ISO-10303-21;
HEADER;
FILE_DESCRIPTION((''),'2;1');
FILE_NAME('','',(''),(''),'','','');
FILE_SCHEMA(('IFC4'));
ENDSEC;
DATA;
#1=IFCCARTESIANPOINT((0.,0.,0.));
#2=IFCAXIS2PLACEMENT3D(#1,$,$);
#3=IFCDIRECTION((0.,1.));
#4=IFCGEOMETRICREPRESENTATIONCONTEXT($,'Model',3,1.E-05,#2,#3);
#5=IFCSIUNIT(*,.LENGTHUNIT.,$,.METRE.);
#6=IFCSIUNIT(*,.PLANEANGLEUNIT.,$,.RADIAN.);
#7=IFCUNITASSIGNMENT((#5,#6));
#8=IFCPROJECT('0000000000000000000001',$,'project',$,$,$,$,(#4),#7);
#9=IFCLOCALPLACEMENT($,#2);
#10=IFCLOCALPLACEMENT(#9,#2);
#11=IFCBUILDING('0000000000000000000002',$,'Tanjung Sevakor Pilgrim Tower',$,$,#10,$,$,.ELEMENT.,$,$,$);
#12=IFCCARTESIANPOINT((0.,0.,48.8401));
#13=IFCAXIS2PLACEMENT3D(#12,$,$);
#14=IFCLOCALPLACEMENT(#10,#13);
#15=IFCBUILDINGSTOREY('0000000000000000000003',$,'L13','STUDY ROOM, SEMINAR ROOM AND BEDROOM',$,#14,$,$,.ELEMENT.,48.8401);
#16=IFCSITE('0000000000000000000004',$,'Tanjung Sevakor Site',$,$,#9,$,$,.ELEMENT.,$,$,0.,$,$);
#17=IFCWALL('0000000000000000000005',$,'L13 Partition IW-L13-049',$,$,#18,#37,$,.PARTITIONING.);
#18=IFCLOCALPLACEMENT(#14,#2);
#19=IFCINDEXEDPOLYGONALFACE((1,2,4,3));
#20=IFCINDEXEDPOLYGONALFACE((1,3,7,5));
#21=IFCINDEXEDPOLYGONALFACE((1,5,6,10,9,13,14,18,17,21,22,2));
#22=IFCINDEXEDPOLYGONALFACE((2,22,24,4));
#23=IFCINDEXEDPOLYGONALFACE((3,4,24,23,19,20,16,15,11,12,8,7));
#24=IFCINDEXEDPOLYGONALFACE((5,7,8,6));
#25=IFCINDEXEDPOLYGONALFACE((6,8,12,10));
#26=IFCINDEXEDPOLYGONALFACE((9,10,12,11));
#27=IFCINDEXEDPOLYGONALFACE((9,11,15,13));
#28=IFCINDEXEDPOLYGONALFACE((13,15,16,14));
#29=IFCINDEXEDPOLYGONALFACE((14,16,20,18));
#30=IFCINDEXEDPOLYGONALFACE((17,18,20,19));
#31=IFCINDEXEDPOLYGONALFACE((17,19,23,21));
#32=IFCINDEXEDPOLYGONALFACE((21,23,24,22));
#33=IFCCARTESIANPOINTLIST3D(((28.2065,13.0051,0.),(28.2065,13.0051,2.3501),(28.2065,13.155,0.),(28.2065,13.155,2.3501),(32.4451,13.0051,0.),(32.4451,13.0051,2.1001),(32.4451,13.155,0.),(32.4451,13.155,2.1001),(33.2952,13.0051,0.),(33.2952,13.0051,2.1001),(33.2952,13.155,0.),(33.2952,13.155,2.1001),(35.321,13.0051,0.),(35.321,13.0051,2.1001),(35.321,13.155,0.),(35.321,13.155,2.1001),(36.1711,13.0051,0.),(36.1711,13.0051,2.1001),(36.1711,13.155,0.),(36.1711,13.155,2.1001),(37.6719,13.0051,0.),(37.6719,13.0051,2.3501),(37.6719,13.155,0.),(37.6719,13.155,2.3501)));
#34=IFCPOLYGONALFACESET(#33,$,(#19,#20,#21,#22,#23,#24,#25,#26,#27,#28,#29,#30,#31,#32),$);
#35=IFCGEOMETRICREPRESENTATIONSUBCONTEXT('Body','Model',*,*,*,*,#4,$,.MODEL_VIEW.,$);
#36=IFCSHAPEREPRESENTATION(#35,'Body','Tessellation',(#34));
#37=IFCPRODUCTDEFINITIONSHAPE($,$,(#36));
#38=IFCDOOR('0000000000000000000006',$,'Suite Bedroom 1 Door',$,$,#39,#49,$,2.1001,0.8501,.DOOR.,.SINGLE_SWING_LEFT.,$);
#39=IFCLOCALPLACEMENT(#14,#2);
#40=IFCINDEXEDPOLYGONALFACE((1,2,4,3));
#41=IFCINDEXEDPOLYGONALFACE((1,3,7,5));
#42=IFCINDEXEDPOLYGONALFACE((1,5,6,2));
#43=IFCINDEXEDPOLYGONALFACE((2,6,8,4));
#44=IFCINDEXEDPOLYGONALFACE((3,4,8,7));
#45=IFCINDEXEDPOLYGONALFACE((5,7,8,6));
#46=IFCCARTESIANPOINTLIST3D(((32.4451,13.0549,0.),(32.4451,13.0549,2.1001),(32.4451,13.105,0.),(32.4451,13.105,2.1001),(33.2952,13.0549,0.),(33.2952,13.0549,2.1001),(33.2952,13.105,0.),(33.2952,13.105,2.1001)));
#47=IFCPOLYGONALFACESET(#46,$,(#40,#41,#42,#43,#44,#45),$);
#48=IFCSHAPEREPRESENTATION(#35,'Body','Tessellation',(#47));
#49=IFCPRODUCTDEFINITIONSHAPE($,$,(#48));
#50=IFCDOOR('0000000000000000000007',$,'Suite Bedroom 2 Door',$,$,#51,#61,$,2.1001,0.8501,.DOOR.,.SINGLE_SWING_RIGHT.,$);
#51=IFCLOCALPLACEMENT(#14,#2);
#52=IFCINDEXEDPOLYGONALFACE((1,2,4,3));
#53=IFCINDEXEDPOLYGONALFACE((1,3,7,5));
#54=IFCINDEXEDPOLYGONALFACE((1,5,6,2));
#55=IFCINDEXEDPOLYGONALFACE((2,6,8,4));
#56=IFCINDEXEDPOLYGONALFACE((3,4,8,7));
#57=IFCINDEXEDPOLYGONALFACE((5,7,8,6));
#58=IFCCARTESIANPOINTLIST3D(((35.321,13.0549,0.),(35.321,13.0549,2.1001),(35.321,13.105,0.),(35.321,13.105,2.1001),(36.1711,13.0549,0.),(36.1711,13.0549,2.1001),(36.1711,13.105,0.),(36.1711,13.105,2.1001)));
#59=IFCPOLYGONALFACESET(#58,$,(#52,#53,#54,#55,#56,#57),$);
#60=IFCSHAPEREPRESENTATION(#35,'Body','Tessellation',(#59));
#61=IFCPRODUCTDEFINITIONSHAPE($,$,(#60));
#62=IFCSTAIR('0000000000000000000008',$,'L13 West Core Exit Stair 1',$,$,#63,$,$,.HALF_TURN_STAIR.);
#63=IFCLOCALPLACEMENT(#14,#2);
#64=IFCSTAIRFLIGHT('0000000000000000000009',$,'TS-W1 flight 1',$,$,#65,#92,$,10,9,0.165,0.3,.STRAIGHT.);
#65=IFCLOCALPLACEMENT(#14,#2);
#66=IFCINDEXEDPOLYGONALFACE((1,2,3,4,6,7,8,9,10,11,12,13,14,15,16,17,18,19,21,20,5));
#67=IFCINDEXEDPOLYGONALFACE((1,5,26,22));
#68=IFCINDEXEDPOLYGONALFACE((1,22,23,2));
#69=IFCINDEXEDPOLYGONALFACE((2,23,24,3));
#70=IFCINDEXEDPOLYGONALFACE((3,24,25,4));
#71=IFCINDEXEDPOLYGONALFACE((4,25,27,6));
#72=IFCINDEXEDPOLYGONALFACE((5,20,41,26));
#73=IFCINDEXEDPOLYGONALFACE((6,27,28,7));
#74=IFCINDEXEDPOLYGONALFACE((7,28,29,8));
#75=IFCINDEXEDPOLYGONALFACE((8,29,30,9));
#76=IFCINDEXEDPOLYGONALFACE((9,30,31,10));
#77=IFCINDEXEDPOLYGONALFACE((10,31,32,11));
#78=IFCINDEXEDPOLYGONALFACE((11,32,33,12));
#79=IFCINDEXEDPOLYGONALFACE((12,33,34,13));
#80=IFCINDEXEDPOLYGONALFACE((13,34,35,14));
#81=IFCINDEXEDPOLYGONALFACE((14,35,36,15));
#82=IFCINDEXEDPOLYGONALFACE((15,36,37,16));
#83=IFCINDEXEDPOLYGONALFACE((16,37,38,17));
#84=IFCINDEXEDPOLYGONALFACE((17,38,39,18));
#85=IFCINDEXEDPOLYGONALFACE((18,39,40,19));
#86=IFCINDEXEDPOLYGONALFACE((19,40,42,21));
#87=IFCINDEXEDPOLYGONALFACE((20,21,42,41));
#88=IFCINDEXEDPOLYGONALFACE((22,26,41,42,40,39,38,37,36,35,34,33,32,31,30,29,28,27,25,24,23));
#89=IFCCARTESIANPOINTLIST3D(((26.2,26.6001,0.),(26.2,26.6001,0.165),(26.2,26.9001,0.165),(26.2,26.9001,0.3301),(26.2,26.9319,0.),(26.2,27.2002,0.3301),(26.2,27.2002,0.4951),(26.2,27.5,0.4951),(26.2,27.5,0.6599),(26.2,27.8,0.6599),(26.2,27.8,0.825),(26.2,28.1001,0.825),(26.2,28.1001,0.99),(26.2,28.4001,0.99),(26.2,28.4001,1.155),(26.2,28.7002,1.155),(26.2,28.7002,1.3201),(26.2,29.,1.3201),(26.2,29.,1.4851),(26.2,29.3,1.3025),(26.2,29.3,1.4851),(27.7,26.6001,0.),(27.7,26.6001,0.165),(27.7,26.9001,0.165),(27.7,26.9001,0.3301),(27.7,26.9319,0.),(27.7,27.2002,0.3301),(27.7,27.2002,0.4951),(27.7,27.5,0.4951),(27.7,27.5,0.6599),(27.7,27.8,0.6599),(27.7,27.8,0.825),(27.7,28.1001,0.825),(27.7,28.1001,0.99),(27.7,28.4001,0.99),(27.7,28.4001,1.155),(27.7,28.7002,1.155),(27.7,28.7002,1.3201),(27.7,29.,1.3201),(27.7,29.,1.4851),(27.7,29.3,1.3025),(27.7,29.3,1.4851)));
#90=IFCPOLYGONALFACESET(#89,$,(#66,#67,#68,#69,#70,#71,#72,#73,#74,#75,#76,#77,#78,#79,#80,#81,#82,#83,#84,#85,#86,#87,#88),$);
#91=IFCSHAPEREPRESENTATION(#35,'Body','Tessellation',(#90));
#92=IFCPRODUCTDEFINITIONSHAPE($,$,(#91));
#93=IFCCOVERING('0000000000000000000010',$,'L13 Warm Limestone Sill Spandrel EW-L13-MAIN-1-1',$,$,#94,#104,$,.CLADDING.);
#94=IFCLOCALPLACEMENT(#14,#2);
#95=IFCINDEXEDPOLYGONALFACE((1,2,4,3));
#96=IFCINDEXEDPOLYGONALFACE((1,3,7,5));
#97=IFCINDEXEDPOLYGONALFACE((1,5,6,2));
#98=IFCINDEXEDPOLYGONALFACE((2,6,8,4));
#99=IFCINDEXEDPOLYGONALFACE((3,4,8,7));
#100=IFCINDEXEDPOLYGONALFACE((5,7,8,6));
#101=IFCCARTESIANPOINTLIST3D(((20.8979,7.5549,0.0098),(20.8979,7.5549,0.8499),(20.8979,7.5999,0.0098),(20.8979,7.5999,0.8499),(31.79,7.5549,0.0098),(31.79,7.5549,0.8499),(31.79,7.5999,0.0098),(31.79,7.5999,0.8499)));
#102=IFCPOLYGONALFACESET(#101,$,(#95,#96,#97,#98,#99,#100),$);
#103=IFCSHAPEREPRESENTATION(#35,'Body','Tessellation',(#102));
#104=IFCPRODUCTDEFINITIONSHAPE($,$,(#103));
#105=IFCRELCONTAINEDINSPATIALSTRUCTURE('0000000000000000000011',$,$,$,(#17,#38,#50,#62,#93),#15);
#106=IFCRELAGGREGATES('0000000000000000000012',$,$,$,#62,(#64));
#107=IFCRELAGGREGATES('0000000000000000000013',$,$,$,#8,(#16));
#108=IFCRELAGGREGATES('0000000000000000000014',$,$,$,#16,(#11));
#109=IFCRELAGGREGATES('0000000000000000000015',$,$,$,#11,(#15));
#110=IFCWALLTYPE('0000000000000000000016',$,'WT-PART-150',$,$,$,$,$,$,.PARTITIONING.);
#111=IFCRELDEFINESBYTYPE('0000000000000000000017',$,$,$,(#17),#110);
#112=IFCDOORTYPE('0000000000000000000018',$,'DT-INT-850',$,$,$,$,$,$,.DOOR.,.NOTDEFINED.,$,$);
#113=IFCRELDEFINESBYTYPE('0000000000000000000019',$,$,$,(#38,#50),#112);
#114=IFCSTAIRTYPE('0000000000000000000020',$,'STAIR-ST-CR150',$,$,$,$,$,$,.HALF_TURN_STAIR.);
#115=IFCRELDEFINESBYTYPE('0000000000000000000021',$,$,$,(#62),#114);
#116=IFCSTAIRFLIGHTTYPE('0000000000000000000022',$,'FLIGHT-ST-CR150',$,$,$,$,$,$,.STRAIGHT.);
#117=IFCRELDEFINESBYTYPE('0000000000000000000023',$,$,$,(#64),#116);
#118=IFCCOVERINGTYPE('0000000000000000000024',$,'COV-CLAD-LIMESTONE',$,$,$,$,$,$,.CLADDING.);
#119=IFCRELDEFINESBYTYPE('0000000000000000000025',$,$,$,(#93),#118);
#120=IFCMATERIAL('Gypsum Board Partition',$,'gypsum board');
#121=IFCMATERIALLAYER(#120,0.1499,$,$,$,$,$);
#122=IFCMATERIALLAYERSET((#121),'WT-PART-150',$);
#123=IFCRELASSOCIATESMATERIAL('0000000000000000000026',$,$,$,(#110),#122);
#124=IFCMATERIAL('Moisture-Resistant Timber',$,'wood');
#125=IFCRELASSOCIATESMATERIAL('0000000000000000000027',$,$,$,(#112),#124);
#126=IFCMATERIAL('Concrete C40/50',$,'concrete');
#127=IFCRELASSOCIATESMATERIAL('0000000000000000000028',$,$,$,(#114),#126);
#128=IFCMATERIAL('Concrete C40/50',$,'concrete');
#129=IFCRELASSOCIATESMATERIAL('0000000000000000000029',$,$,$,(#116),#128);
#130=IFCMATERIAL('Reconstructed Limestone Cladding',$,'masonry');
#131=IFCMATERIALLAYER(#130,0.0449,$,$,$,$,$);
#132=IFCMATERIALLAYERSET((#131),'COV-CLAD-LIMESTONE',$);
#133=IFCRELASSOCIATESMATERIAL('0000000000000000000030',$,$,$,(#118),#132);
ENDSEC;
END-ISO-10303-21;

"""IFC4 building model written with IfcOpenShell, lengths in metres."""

from ifc_helpers import new_model, si_unit, direction, frame, frame_2d, origin, origin_2d, place, context, subcontext, project, spatial, polyline, rectangle, outline, extrude, material, layer, layer_set, type_object, element, fill, aggregate, save


model = new_model("IFC4")

# Units and contexts
model_context = context("Model", 3, precision=1e-05, world=origin(), true_north=direction((0.0, 1.0)))
body_context = subcontext(model_context, "Body", "Model", "MODEL_VIEW")
ifc_project = project(units=[si_unit("LENGTHUNIT", "METRE"), si_unit("PLANEANGLEUNIT", "RADIAN")], contexts=[model_context])

# Site, building, storey
site_placement = place(None, origin())
site = spatial("IfcSite", under=ifc_project, at=site_placement, Name="Tanjung Sevakor Site", CompositionType="ELEMENT", RefElevation=0.0)
building_placement = place(site_placement, origin())
building = spatial("IfcBuilding", under=site, at=building_placement, Name="Tanjung Sevakor Pilgrim Tower", CompositionType="ELEMENT")
storey_placement = place(building_placement, frame((0.0, 0.0, 48.8401)))
storey = spatial("IfcBuildingStorey", under=building, at=storey_placement, Name="L13", Description="STUDY ROOM, SEMINAR ROOM AND BEDROOM", CompositionType="ELEMENT", Elevation=48.8401)

# Shared definitions
ifc_material_1 = material(Name="Gypsum Board Partition", Category="gypsum board")
ifc_layer_1 = layer(ifc_material_1, 0.1499)
ifc_layer_set_1 = layer_set([ifc_layer_1], Name="WT-PART-150")
wall_type_1 = type_object("IfcWallType", Name="WT-PART-150", PredefinedType="PARTITIONING", material=ifc_layer_set_1)

# Wall, openings, doors
wall_1_placement = place(storey_placement, frame((28.2065, 13.0801, 0.0), z_axis=(0.0, 0.0, 1.0), x_axis=(1.0, 0.0, 0.0)))
wall_1 = element("IfcWall", 1, at=wall_1_placement, inside=storey, type_object=wall_type_1, Name="L13 Partition IW-L13-049", PredefinedType="PARTITIONING", context=body_context, shape_type="SweptSolid", body=[
    extrude(rectangle(XDim=9.4653, YDim=0.1499, at=frame_2d((4.7327, 0.0))), origin(), (0.0, 0.0, 1.0), 2.3501),
])
opening_1_placement = place(wall_1_placement, frame((4.2385, 0.0, 0.0)))
opening_1 = element("IfcOpeningElement", 2, at=opening_1_placement, cuts=wall_1, PredefinedType="OPENING", context=body_context, shape_type="SweptSolid", body=[
    extrude(rectangle(XDim=0.8501, YDim=2.1001, at=frame_2d((0.425, 1.05))), frame((0.0, 0.085, 0.0), z_axis=(0.0, -1.0, 0.0), x_axis=(1.0, 0.0, 0.0)), (0.0, 0.0, 1.0), 0.1699),
])
opening_2_placement = place(wall_1_placement, frame((7.1145, 0.0, 0.0)))
opening_2 = element("IfcOpeningElement", 3, at=opening_2_placement, cuts=wall_1, PredefinedType="OPENING", context=body_context, shape_type="SweptSolid", body=[
    extrude(rectangle(XDim=0.8501, YDim=2.1001, at=frame_2d((0.425, 1.05))), frame((0.0, 0.085, 0.0), z_axis=(0.0, -1.0, 0.0), x_axis=(1.0, 0.0, 0.0)), (0.0, 0.0, 1.0), 0.1699),
])
ifc_material_2 = material(Name="Moisture-Resistant Timber", Category="wood")
door_type_1 = type_object("IfcDoorType", Name="DT-INT-850", OperationType="NOTDEFINED", PredefinedType="DOOR", material=ifc_material_2)
door_1_placement = place(opening_1_placement, origin())
door_1 = element("IfcDoor", 4, at=door_1_placement, inside=storey, type_object=door_type_1, Name="Suite Bedroom 1 Door", OperationType="SINGLE_SWING_LEFT", OverallHeight=2.1001, OverallWidth=0.8501, PredefinedType="DOOR", context=body_context, shape_type="SweptSolid", body=[
    extrude(rectangle(XDim=0.8501, YDim=2.1001, at=frame_2d((0.425, 1.05))), frame((0.0, 0.0249, 0.0), z_axis=(0.0, -1.0, 0.0), x_axis=(1.0, 0.0, 0.0)), (0.0, 0.0, 1.0), 0.05),
])
fill(opening_1, door_1)
door_2_placement = place(opening_2_placement, origin())
door_2 = element("IfcDoor", 5, at=door_2_placement, inside=storey, type_object=door_type_1, Name="Suite Bedroom 2 Door", OperationType="SINGLE_SWING_RIGHT", OverallHeight=2.1001, OverallWidth=0.8501, PredefinedType="DOOR", context=body_context, shape_type="SweptSolid", body=[
    extrude(rectangle(XDim=0.8501, YDim=2.1001, at=frame_2d((0.425, 1.05))), frame((0.0, 0.0249, 0.0), z_axis=(0.0, -1.0, 0.0), x_axis=(1.0, 0.0, 0.0)), (0.0, 0.0, 1.0), 0.05),
])
fill(opening_2, door_2)

# Stair, stair flight
ifc_material_3 = material(Name="Concrete C40/50", Category="concrete")
stair_type = type_object("IfcStairType", Name="STAIR-ST-CR150", PredefinedType="HALF_TURN_STAIR", material=ifc_material_3)
stair_placement = place(storey_placement, origin())
stair = element("IfcStair", 6, at=stair_placement, inside=storey, type_object=stair_type, Name="L13 West Core Exit Stair 1", PredefinedType="HALF_TURN_STAIR")
ifc_material_4 = material(Name="Concrete C40/50", Category="concrete")
stair_flight_type = type_object("IfcStairFlightType", Name="FLIGHT-ST-CR150", PredefinedType="STRAIGHT", material=ifc_material_4)
stair_flight_placement = place(storey_placement, frame((26.95, 26.6001, 0.0), z_axis=(0.0, 0.0, 1.0), x_axis=(0.0, 1.0, 0.0)))
stair_flight = element("IfcStairFlight", 7, at=stair_flight_placement, type_object=stair_flight_type, Name="TS-W1 flight 1", NumberOfRisers=10, NumberOfTreads=9, PredefinedType="STRAIGHT", RiserHeight=0.165, TreadLength=0.3, context=body_context, shape_type="SweptSolid", body=[
    extrude(outline(polyline([(0.0, 0.0), (0.0, 0.165), (0.3, 0.165), (0.3, 0.3301), (0.6001, 0.3301), (0.6001, 0.4951), (0.8999, 0.4951), (0.8999, 0.6599), (1.2, 0.6599), (1.2, 0.825), (1.5, 0.825), (1.5, 0.99), (1.8, 0.99), (1.8, 1.155), (2.1001, 1.155), (2.1001, 1.3201), (2.3999, 1.3201), (2.3999, 1.4851), (2.7, 1.4851), (2.7, 1.6499), (2.7, 1.3025), (0.3318, 0.0), (0.0, 0.0)])), frame((0.0, 0.75, 0.0), z_axis=(0.0, -1.0, 0.0), x_axis=(1.0, 0.0, 0.0)), (0.0, 0.0, 1.0), 1.5),
])
aggregate(stair, [stair_flight])

# Covering
ifc_material_5 = material(Name="Reconstructed Limestone Cladding", Category="masonry")
ifc_layer_2 = layer(ifc_material_5, 0.0449)
ifc_layer_set_2 = layer_set([ifc_layer_2], Name="COV-CLAD-LIMESTONE")
covering_type = type_object("IfcCoveringType", Name="COV-CLAD-LIMESTONE", PredefinedType="CLADDING", material=ifc_layer_set_2)
covering_placement = place(storey_placement, frame((26.344, 7.5774, 0.0098), z_axis=(0.0, 0.0, 1.0), x_axis=(1.0, 0.0, 0.0)))
element("IfcCovering", 8, at=covering_placement, inside=storey, type_object=covering_type, Name="L13 Warm Limestone Sill Spandrel EW-L13-MAIN-1-1", PredefinedType="CLADDING", context=body_context, shape_type="SweptSolid", body=[
    extrude(rectangle(XDim=10.8921, YDim=0.0449, at=origin_2d()), origin(), (0.0, 0.0, 1.0), 0.8401),
])

save(model, "model.ifc")
